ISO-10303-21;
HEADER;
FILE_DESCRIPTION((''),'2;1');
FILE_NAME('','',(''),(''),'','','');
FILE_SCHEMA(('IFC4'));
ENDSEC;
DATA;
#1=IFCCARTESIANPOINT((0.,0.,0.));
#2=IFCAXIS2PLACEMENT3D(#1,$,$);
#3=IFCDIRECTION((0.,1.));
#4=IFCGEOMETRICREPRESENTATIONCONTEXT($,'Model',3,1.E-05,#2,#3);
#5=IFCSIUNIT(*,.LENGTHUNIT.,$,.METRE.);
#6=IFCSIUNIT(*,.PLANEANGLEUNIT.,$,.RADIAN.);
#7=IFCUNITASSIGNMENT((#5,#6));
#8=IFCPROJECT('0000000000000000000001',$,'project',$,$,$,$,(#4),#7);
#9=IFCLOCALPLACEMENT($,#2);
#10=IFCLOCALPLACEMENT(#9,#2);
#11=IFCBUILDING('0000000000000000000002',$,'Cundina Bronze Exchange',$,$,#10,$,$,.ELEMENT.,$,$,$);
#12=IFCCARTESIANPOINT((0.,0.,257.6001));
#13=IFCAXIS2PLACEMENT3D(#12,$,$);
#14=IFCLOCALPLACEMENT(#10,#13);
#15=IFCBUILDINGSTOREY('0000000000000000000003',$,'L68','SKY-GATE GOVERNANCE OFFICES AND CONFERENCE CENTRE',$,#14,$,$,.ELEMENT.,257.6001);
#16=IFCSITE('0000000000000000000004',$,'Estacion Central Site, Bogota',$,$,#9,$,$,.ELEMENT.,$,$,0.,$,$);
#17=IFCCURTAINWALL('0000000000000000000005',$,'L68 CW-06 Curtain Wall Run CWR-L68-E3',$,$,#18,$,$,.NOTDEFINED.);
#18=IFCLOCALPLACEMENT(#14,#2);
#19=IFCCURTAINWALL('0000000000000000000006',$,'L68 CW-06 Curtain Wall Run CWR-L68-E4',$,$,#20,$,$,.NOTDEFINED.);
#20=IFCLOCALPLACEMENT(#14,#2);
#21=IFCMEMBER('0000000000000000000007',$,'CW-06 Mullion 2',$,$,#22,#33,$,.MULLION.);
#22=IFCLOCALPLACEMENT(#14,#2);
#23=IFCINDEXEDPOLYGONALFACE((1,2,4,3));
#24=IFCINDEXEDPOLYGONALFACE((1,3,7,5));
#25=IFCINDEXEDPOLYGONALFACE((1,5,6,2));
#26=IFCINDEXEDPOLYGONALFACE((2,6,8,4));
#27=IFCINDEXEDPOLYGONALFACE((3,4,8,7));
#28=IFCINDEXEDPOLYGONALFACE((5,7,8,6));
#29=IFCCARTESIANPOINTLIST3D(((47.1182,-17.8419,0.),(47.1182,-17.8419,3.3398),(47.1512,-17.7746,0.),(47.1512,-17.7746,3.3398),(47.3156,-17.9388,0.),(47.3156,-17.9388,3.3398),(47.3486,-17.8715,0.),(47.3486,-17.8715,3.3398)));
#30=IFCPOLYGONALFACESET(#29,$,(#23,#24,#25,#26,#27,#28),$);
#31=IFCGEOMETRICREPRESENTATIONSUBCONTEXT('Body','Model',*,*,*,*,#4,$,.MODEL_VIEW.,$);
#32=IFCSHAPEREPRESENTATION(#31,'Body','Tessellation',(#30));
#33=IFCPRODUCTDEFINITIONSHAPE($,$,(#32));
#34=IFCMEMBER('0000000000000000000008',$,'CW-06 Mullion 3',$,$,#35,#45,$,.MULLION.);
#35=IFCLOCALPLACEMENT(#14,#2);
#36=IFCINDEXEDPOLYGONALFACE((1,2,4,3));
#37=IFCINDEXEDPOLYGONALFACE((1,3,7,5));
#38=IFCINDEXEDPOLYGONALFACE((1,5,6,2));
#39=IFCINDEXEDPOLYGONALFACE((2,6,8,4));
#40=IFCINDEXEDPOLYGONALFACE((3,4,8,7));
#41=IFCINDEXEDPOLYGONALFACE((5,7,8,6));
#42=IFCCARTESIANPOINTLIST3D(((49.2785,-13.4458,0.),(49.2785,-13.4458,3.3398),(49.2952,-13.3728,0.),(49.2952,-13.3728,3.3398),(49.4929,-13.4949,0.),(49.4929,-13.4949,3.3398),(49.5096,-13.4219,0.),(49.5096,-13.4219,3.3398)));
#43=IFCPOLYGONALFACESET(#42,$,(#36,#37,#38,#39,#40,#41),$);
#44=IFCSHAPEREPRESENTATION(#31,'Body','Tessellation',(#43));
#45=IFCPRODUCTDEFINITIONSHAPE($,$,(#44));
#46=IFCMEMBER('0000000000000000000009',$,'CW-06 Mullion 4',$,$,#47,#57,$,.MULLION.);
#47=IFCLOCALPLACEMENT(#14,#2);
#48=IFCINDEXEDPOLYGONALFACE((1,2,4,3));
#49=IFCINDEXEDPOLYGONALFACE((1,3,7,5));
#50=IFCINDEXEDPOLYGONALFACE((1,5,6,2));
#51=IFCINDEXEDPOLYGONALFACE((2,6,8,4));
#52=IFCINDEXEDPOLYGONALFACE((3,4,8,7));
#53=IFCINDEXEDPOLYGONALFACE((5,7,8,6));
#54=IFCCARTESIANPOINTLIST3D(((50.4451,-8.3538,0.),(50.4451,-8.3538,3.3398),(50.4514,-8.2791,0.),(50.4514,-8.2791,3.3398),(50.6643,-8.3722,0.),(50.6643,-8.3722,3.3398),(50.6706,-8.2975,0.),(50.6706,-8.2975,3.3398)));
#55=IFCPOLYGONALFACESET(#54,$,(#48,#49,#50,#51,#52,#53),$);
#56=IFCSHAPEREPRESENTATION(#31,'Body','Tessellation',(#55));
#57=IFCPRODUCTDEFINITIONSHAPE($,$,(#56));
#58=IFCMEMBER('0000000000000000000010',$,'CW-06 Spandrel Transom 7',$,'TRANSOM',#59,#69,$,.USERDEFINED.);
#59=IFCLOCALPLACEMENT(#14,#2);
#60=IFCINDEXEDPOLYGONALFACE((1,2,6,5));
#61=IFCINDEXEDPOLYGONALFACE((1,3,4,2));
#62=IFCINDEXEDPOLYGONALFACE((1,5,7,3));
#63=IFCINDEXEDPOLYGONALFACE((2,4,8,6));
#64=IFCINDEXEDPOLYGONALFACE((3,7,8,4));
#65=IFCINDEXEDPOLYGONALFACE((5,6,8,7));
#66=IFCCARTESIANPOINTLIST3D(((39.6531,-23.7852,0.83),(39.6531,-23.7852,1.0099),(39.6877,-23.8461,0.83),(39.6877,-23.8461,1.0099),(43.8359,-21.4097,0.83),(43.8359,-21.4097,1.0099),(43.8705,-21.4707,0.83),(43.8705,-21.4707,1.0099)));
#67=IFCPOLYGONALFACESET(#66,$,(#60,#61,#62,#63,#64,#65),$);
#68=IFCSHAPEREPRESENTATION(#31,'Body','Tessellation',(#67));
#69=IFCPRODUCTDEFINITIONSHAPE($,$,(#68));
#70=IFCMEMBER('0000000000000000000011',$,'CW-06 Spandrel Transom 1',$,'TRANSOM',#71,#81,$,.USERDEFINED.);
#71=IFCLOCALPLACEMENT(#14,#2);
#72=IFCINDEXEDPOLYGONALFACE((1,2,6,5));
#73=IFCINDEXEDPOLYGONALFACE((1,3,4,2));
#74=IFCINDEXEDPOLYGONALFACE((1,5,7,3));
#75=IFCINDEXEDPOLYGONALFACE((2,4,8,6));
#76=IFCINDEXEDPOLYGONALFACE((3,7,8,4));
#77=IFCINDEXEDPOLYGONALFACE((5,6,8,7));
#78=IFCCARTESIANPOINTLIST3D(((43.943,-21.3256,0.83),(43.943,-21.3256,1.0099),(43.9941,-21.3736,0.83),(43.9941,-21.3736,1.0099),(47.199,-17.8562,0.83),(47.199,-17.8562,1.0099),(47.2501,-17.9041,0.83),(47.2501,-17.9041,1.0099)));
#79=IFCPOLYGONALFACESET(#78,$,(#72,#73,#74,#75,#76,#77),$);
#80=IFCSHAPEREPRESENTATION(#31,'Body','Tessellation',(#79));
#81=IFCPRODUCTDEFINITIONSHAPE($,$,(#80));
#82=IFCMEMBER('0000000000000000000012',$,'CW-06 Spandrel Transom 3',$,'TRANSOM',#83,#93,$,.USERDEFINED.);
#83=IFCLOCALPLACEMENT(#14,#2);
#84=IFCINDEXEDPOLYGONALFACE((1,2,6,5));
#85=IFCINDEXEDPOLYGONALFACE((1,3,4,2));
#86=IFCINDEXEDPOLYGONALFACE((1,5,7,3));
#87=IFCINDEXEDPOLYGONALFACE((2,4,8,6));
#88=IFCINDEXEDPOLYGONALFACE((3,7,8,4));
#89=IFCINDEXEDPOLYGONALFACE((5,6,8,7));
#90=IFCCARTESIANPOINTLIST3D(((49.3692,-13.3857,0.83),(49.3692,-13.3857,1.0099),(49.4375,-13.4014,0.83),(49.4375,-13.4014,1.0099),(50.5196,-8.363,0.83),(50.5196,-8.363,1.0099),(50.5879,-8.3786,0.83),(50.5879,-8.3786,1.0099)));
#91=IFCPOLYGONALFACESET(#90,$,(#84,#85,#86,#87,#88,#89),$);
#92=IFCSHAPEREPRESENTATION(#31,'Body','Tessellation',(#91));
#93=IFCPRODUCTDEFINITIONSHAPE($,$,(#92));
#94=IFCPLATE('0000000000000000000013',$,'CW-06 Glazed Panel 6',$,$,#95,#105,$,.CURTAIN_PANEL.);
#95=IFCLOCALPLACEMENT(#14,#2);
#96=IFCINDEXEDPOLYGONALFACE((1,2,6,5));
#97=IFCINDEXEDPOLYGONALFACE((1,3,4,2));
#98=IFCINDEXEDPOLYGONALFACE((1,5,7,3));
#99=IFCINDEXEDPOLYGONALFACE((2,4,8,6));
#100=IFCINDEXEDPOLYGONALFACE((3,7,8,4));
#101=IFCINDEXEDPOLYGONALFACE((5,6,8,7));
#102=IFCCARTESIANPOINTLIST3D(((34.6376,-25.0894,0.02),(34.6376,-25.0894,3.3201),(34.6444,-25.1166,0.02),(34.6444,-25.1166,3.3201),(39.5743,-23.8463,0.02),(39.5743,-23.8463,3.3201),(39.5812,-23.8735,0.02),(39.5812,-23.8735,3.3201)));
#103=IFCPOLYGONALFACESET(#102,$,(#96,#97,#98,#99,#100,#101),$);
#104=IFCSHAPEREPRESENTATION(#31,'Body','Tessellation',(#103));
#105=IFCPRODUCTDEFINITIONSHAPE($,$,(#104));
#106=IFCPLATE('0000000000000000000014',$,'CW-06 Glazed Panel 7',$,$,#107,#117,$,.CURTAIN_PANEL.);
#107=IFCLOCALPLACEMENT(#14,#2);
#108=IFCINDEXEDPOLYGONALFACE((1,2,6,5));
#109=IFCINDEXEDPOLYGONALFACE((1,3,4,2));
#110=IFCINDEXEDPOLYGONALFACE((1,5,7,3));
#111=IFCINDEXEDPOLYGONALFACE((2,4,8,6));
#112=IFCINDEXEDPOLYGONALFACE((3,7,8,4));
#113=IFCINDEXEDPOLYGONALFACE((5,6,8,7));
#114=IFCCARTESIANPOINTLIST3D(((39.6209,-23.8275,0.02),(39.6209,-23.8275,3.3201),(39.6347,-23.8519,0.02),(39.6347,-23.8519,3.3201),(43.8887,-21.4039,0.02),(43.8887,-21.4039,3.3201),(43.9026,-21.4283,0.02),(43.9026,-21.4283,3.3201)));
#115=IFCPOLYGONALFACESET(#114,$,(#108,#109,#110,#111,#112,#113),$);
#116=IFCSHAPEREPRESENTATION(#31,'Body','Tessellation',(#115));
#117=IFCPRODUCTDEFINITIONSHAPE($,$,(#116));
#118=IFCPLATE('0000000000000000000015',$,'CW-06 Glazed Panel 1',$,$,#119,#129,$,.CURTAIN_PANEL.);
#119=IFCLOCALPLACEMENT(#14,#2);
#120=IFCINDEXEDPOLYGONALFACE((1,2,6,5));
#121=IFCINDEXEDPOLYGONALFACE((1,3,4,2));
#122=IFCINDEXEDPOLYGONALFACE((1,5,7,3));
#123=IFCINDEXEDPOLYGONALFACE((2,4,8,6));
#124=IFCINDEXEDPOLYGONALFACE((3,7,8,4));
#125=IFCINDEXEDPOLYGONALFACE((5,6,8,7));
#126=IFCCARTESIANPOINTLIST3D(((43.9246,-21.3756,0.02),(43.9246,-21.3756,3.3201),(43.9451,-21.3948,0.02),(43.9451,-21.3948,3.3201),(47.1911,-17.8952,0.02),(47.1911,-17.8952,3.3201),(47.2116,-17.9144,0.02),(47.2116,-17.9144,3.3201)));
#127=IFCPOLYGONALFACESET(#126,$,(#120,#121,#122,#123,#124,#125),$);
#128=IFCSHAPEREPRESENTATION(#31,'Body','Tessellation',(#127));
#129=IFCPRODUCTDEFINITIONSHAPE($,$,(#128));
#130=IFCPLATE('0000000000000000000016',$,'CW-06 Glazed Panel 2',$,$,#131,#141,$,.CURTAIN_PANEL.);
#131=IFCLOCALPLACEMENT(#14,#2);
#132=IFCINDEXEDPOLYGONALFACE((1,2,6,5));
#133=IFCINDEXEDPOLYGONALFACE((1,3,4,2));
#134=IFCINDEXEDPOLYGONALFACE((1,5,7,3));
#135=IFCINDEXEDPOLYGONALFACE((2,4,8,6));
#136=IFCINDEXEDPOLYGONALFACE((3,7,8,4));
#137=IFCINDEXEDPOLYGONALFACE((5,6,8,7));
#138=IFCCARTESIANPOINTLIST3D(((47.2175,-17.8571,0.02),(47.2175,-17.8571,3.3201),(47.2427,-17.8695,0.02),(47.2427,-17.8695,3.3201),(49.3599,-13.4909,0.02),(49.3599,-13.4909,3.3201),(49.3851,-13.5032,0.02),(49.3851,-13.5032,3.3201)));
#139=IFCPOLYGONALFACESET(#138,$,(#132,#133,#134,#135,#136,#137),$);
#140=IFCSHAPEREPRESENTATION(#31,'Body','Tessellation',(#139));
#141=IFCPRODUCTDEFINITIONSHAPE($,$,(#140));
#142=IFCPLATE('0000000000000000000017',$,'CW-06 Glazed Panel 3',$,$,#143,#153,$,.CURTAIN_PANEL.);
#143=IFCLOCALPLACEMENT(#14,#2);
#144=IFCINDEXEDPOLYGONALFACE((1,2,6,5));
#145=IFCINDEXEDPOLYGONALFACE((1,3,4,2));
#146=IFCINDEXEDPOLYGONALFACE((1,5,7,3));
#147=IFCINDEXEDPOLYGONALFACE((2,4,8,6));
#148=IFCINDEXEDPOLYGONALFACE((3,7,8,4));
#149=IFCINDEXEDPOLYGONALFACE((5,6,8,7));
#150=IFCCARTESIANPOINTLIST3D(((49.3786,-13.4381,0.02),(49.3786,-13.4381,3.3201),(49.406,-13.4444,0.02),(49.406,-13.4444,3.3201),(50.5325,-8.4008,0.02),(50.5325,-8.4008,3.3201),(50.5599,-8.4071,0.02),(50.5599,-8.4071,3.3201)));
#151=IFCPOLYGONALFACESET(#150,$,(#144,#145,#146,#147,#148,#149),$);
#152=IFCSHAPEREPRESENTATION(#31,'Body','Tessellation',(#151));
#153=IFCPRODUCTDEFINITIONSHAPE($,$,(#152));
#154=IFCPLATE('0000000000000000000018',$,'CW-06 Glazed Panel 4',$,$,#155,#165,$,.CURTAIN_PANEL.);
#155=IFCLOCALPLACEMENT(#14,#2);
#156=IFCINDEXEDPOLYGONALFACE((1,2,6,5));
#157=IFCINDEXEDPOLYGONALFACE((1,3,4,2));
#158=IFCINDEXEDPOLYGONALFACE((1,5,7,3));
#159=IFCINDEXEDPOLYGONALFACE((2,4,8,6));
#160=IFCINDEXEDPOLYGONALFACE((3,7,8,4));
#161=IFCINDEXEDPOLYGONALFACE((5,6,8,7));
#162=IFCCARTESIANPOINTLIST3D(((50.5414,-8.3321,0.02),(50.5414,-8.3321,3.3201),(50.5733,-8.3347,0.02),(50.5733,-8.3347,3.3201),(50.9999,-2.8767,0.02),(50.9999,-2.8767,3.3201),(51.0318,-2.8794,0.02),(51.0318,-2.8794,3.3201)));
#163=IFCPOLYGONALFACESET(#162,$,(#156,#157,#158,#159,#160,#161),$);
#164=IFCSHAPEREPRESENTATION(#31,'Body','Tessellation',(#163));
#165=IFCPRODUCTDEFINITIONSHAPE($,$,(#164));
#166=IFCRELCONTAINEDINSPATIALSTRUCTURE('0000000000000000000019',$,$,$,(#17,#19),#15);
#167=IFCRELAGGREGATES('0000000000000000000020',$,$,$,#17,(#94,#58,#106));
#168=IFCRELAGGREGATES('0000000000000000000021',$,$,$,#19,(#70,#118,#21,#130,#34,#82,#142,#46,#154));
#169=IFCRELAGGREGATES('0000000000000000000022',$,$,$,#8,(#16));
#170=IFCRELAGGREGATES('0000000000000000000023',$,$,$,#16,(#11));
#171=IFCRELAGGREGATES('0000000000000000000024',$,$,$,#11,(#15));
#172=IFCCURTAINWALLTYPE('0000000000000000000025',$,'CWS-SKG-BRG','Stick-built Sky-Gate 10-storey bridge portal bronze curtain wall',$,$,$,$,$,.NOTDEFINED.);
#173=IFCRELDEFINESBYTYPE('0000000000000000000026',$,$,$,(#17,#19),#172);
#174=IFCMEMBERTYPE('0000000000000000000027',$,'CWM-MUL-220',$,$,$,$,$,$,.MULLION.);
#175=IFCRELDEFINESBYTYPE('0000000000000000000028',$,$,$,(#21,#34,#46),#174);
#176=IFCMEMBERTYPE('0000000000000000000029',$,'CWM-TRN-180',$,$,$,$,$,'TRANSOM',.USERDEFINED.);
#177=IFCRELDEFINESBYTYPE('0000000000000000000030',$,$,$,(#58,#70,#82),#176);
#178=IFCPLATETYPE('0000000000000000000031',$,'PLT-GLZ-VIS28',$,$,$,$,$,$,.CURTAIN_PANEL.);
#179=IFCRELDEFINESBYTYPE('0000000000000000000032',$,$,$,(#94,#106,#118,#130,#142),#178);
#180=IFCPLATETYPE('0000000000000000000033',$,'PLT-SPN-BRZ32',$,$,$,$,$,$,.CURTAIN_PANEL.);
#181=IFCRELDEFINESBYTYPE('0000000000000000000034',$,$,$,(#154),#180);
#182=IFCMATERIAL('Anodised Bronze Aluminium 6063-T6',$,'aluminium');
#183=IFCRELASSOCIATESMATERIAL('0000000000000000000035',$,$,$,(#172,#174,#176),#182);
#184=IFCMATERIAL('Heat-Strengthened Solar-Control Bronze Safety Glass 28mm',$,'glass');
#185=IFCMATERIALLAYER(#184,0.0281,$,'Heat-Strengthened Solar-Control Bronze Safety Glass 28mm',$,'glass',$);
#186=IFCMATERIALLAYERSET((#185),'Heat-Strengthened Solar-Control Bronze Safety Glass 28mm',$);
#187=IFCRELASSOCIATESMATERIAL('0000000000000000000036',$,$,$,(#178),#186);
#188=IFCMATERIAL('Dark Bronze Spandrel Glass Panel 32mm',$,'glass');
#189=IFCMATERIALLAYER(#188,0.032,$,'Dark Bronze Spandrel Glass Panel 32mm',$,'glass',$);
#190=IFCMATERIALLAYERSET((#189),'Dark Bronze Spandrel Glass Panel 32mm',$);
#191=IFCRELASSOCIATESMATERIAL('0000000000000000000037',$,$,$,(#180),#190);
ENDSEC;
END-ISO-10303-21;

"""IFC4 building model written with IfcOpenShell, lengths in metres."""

from ifc_helpers import new_model, si_unit, direction, frame, origin, origin_2d, place, context, subcontext, project, spatial, rectangle, extrude, material, layer, layer_set, material_profile, profile_set, type_object, element, aggregate, save


model = new_model("IFC4")

# Units and contexts
model_context = context("Model", 3, precision=1e-05, world=origin(), true_north=direction((0.0, 1.0)))
body_context = subcontext(model_context, "Body", "Model", "MODEL_VIEW")
ifc_project = project(units=[si_unit("LENGTHUNIT", "METRE"), si_unit("PLANEANGLEUNIT", "RADIAN")], contexts=[model_context])

# Site, building, storey
site_placement = place(None, origin())
site = spatial("IfcSite", under=ifc_project, at=site_placement, Name="Estacion Central Site, Bogota", CompositionType="ELEMENT", RefElevation=0.0)
building_placement = place(site_placement, origin())
building = spatial("IfcBuilding", under=site, at=building_placement, Name="Cundina Bronze Exchange", CompositionType="ELEMENT")
storey_placement = place(building_placement, frame((0.0, 0.0, 257.6001)))
storey = spatial("IfcBuildingStorey", under=building, at=storey_placement, Name="L68", Description="SKY-GATE GOVERNANCE OFFICES AND CONFERENCE CENTRE", CompositionType="ELEMENT", Elevation=257.6001)

# Curtain walls, members
ifc_material_1 = material(Name="Anodised Bronze Aluminium 6063-T6", Category="aluminium")
curtain_wall_type = type_object("IfcCurtainWallType", Name="CWS-SKG-BRG", Description="Stick-built Sky-Gate 10-storey bridge portal bronze curtain wall", PredefinedType="NOTDEFINED", material=ifc_material_1)
curtain_wall_1_placement = place(storey_placement, origin())
curtain_wall_1 = element("IfcCurtainWall", 1, at=curtain_wall_1_placement, inside=storey, type_object=curtain_wall_type, Name="L68 CW-06 Curtain Wall Run CWR-L68-E3", PredefinedType="NOTDEFINED")
ifc_material_profile_1 = material_profile(ifc_material_1, rectangle(XDim=0.075, YDim=0.22, at=origin_2d()), Name="AL75X220", Category="aluminium")
ifc_profile_set_1 = profile_set([ifc_material_profile_1], Name="Anodised Bronze Aluminium 6063-T6")
member_type_1 = type_object("IfcMemberType", Name="CWM-MUL-220", PredefinedType="MULLION", material=ifc_profile_set_1)
curtain_wall_2_placement = place(storey_placement, origin())
curtain_wall_2 = element("IfcCurtainWall", 2, at=curtain_wall_2_placement, inside=storey, type_object=curtain_wall_type, Name="L68 CW-06 Curtain Wall Run CWR-L68-E4", PredefinedType="NOTDEFINED")
member_1_placement = place(storey_placement, frame((47.2334, -17.8567, 0.0), z_axis=(0.0, 0.0, 1.0), x_axis=(0.440566, 0.89772, 0.0)))
member_1 = element("IfcMember", 3, at=member_1_placement, type_object=member_type_1, Name="CW-06 Mullion 2", PredefinedType="MULLION", context=body_context, shape_type="SweptSolid", body=[
    extrude(rectangle(XDim=0.075, YDim=0.22, at=origin_2d()), origin(), (0.0, 0.0, 1.0), 3.3398),
])
member_2_placement = place(storey_placement, frame((49.394, -13.4338, 0.0), z_axis=(0.0, 0.0, 1.0), x_axis=(0.22325, 0.974761, 0.0)))
member_2 = element("IfcMember", 4, at=member_2_placement, type_object=member_type_1, Name="CW-06 Mullion 3", PredefinedType="MULLION", context=body_context, shape_type="SweptSolid", body=[
    extrude(rectangle(XDim=0.075, YDim=0.22, at=origin_2d()), origin(), (0.0, 0.0, 1.0), 3.3398),
])
member_3_placement = place(storey_placement, frame((50.5579, -8.3257, 0.0), z_axis=(0.0, 0.0, 1.0), x_axis=(0.083678, 0.996493, 0.0)))
member_3 = element("IfcMember", 5, at=member_3_placement, type_object=member_type_1, Name="CW-06 Mullion 4", PredefinedType="MULLION", context=body_context, shape_type="SweptSolid", body=[
    extrude(rectangle(XDim=0.075, YDim=0.22, at=origin_2d()), origin(), (0.0, 0.0, 1.0), 3.3398),
])

# Members
ifc_material_profile_2 = material_profile(ifc_material_1, rectangle(XDim=0.0701, YDim=0.1799, at=origin_2d()), Name="AL70X180", Category="aluminium")
ifc_profile_set_2 = profile_set([ifc_material_profile_2], Name="Anodised Bronze Aluminium 6063-T6")
member_type_2 = type_object("IfcMemberType", Name="CWM-TRN-180", ElementType="TRANSOM", PredefinedType="USERDEFINED", material=ifc_profile_set_2)
member_4_placement = place(storey_placement, frame((39.6704, -23.8157, 0.9199), z_axis=(0.869558, 0.493831, 0.0), x_axis=(-0.493831, 0.869558, 0.0)))
member_4 = element("IfcMember", 6, at=member_4_placement, type_object=member_type_2, Name="CW-06 Spandrel Transom 7", ObjectType="TRANSOM", PredefinedType="USERDEFINED", context=body_context, shape_type="SweptSolid", body=[
    extrude(rectangle(XDim=0.0701, YDim=0.1799, at=origin_2d()), origin(), (0.0, 0.0, 1.0), 4.8103),
])
member_5_placement = place(storey_placement, frame((43.9685, -21.3496, 0.9199), z_axis=(0.684328, 0.729174, 0.0), x_axis=(-0.729174, 0.684328, 0.0)))
member_5 = element("IfcMember", 7, at=member_5_placement, type_object=member_type_2, Name="CW-06 Spandrel Transom 1", ObjectType="TRANSOM", PredefinedType="USERDEFINED", context=body_context, shape_type="SweptSolid", body=[
    extrude(rectangle(XDim=0.0701, YDim=0.1799, at=origin_2d()), origin(), (0.0, 0.0, 1.0), 4.7581),
])
member_6_placement = place(storey_placement, frame((49.4033, -13.3936, 0.9199), z_axis=(0.223257, 0.97476, 0.0), x_axis=(-0.97476, 0.223257, 0.0)))
member_6 = element("IfcMember", 8, at=member_6_placement, type_object=member_type_2, Name="CW-06 Spandrel Transom 3", ObjectType="TRANSOM", PredefinedType="USERDEFINED", context=body_context, shape_type="SweptSolid", body=[
    extrude(rectangle(XDim=0.0701, YDim=0.1799, at=origin_2d()), origin(), (0.0, 0.0, 1.0), 5.1528),
])

# Plates
ifc_material_2 = material(Name="Heat-Strengthened Solar-Control Bronze Safety Glass 28mm", Category="glass")
ifc_layer_1 = layer(ifc_material_2, 0.0281, Name="Heat-Strengthened Solar-Control Bronze Safety Glass 28mm", Category="glass")
ifc_layer_set_1 = layer_set([ifc_layer_1], Name="Heat-Strengthened Solar-Control Bronze Safety Glass 28mm")
plate_type_1 = type_object("IfcPlateType", Name="PLT-GLZ-VIS28", PredefinedType="CURTAIN_PANEL", material=ifc_layer_set_1)
plate_1_placement = place(storey_placement, frame((37.1094, -24.4814, 0.02), z_axis=(0.0, 0.0, 1.0), x_axis=(0.969732, 0.244174, 0.0)))
plate_1 = element("IfcPlate", 9, at=plate_1_placement, type_object=plate_type_1, Name="CW-06 Glazed Panel 6", PredefinedType="CURTAIN_PANEL", context=body_context, shape_type="SweptSolid", body=[
    extrude(rectangle(XDim=5.0908, YDim=0.0281, at=origin_2d()), origin(), (0.0, 0.0, 1.0), 3.3),
])
plate_2_placement = place(storey_placement, frame((41.7617, -22.6279, 0.02), z_axis=(0.0, 0.0, 1.0), x_axis=(0.869573, 0.493805, 0.0)))
plate_2 = element("IfcPlate", 10, at=plate_2_placement, type_object=plate_type_1, Name="CW-06 Glazed Panel 7", PredefinedType="CURTAIN_PANEL", context=body_context, shape_type="SweptSolid", body=[
    extrude(rectangle(XDim=4.908, YDim=0.0281, at=origin_2d()), origin(), (0.0, 0.0, 1.0), 3.3),
])
aggregate(curtain_wall_1, [plate_1, member_4, plate_2])
plate_3_placement = place(storey_placement, frame((45.5681, -19.645, 0.02), z_axis=(0.0, 0.0, 1.0), x_axis=(0.684344, 0.72916, 0.0)))
plate_3 = element("IfcPlate", 11, at=plate_3_placement, type_object=plate_type_1, Name="CW-06 Glazed Panel 1", PredefinedType="CURTAIN_PANEL", context=body_context, shape_type="SweptSolid", body=[
    extrude(rectangle(XDim=4.7732, YDim=0.0281, at=origin_2d()), origin(), (0.0, 0.0, 1.0), 3.3),
])
plate_4_placement = place(storey_placement, frame((48.3013, -15.6802, 0.02), z_axis=(0.0, 0.0, 1.0), x_axis=(0.440503, 0.897751, 0.0)))
plate_4 = element("IfcPlate", 12, at=plate_4_placement, type_object=plate_type_1, Name="CW-06 Glazed Panel 2", PredefinedType="CURTAIN_PANEL", context=body_context, shape_type="SweptSolid", body=[
    extrude(rectangle(XDim=4.8635, YDim=0.0281, at=origin_2d()), origin(), (0.0, 0.0, 1.0), 3.3),
])
plate_5_placement = place(storey_placement, frame((49.9692, -10.9226, 0.02), z_axis=(0.0, 0.0, 1.0), x_axis=(0.223284, 0.974753, 0.0)))
plate_5 = element("IfcPlate", 13, at=plate_5_placement, type_object=plate_type_1, Name="CW-06 Glazed Panel 3", PredefinedType="CURTAIN_PANEL", context=body_context, shape_type="SweptSolid", body=[
    extrude(rectangle(XDim=5.1677, YDim=0.0281, at=origin_2d()), origin(), (0.0, 0.0, 1.0), 3.3),
])
ifc_material_3 = material(Name="Dark Bronze Spandrel Glass Panel 32mm", Category="glass")
ifc_layer_2 = layer(ifc_material_3, 0.032, Name="Dark Bronze Spandrel Glass Panel 32mm", Category="glass")
ifc_layer_set_2 = layer_set([ifc_layer_2], Name="Dark Bronze Spandrel Glass Panel 32mm")
plate_type_2 = type_object("IfcPlateType", Name="PLT-SPN-BRZ32", PredefinedType="CURTAIN_PANEL", material=ifc_layer_set_2)
plate_6_placement = place(storey_placement, frame((50.7866, -5.6057, 0.02), z_axis=(0.0, 0.0, 1.0), x_axis=(0.083747, 0.996487, 0.0)))
plate_6 = element("IfcPlate", 14, at=plate_6_placement, type_object=plate_type_2, Name="CW-06 Glazed Panel 4", PredefinedType="CURTAIN_PANEL", context=body_context, shape_type="SweptSolid", body=[
    extrude(rectangle(XDim=5.4746, YDim=0.032, at=origin_2d()), origin(), (0.0, 0.0, 1.0), 3.3),
])
aggregate(curtain_wall_2, [member_5, plate_3, member_1, plate_4, member_2, member_6, plate_5, member_3, plate_6])

save(model, "model.ifc")
